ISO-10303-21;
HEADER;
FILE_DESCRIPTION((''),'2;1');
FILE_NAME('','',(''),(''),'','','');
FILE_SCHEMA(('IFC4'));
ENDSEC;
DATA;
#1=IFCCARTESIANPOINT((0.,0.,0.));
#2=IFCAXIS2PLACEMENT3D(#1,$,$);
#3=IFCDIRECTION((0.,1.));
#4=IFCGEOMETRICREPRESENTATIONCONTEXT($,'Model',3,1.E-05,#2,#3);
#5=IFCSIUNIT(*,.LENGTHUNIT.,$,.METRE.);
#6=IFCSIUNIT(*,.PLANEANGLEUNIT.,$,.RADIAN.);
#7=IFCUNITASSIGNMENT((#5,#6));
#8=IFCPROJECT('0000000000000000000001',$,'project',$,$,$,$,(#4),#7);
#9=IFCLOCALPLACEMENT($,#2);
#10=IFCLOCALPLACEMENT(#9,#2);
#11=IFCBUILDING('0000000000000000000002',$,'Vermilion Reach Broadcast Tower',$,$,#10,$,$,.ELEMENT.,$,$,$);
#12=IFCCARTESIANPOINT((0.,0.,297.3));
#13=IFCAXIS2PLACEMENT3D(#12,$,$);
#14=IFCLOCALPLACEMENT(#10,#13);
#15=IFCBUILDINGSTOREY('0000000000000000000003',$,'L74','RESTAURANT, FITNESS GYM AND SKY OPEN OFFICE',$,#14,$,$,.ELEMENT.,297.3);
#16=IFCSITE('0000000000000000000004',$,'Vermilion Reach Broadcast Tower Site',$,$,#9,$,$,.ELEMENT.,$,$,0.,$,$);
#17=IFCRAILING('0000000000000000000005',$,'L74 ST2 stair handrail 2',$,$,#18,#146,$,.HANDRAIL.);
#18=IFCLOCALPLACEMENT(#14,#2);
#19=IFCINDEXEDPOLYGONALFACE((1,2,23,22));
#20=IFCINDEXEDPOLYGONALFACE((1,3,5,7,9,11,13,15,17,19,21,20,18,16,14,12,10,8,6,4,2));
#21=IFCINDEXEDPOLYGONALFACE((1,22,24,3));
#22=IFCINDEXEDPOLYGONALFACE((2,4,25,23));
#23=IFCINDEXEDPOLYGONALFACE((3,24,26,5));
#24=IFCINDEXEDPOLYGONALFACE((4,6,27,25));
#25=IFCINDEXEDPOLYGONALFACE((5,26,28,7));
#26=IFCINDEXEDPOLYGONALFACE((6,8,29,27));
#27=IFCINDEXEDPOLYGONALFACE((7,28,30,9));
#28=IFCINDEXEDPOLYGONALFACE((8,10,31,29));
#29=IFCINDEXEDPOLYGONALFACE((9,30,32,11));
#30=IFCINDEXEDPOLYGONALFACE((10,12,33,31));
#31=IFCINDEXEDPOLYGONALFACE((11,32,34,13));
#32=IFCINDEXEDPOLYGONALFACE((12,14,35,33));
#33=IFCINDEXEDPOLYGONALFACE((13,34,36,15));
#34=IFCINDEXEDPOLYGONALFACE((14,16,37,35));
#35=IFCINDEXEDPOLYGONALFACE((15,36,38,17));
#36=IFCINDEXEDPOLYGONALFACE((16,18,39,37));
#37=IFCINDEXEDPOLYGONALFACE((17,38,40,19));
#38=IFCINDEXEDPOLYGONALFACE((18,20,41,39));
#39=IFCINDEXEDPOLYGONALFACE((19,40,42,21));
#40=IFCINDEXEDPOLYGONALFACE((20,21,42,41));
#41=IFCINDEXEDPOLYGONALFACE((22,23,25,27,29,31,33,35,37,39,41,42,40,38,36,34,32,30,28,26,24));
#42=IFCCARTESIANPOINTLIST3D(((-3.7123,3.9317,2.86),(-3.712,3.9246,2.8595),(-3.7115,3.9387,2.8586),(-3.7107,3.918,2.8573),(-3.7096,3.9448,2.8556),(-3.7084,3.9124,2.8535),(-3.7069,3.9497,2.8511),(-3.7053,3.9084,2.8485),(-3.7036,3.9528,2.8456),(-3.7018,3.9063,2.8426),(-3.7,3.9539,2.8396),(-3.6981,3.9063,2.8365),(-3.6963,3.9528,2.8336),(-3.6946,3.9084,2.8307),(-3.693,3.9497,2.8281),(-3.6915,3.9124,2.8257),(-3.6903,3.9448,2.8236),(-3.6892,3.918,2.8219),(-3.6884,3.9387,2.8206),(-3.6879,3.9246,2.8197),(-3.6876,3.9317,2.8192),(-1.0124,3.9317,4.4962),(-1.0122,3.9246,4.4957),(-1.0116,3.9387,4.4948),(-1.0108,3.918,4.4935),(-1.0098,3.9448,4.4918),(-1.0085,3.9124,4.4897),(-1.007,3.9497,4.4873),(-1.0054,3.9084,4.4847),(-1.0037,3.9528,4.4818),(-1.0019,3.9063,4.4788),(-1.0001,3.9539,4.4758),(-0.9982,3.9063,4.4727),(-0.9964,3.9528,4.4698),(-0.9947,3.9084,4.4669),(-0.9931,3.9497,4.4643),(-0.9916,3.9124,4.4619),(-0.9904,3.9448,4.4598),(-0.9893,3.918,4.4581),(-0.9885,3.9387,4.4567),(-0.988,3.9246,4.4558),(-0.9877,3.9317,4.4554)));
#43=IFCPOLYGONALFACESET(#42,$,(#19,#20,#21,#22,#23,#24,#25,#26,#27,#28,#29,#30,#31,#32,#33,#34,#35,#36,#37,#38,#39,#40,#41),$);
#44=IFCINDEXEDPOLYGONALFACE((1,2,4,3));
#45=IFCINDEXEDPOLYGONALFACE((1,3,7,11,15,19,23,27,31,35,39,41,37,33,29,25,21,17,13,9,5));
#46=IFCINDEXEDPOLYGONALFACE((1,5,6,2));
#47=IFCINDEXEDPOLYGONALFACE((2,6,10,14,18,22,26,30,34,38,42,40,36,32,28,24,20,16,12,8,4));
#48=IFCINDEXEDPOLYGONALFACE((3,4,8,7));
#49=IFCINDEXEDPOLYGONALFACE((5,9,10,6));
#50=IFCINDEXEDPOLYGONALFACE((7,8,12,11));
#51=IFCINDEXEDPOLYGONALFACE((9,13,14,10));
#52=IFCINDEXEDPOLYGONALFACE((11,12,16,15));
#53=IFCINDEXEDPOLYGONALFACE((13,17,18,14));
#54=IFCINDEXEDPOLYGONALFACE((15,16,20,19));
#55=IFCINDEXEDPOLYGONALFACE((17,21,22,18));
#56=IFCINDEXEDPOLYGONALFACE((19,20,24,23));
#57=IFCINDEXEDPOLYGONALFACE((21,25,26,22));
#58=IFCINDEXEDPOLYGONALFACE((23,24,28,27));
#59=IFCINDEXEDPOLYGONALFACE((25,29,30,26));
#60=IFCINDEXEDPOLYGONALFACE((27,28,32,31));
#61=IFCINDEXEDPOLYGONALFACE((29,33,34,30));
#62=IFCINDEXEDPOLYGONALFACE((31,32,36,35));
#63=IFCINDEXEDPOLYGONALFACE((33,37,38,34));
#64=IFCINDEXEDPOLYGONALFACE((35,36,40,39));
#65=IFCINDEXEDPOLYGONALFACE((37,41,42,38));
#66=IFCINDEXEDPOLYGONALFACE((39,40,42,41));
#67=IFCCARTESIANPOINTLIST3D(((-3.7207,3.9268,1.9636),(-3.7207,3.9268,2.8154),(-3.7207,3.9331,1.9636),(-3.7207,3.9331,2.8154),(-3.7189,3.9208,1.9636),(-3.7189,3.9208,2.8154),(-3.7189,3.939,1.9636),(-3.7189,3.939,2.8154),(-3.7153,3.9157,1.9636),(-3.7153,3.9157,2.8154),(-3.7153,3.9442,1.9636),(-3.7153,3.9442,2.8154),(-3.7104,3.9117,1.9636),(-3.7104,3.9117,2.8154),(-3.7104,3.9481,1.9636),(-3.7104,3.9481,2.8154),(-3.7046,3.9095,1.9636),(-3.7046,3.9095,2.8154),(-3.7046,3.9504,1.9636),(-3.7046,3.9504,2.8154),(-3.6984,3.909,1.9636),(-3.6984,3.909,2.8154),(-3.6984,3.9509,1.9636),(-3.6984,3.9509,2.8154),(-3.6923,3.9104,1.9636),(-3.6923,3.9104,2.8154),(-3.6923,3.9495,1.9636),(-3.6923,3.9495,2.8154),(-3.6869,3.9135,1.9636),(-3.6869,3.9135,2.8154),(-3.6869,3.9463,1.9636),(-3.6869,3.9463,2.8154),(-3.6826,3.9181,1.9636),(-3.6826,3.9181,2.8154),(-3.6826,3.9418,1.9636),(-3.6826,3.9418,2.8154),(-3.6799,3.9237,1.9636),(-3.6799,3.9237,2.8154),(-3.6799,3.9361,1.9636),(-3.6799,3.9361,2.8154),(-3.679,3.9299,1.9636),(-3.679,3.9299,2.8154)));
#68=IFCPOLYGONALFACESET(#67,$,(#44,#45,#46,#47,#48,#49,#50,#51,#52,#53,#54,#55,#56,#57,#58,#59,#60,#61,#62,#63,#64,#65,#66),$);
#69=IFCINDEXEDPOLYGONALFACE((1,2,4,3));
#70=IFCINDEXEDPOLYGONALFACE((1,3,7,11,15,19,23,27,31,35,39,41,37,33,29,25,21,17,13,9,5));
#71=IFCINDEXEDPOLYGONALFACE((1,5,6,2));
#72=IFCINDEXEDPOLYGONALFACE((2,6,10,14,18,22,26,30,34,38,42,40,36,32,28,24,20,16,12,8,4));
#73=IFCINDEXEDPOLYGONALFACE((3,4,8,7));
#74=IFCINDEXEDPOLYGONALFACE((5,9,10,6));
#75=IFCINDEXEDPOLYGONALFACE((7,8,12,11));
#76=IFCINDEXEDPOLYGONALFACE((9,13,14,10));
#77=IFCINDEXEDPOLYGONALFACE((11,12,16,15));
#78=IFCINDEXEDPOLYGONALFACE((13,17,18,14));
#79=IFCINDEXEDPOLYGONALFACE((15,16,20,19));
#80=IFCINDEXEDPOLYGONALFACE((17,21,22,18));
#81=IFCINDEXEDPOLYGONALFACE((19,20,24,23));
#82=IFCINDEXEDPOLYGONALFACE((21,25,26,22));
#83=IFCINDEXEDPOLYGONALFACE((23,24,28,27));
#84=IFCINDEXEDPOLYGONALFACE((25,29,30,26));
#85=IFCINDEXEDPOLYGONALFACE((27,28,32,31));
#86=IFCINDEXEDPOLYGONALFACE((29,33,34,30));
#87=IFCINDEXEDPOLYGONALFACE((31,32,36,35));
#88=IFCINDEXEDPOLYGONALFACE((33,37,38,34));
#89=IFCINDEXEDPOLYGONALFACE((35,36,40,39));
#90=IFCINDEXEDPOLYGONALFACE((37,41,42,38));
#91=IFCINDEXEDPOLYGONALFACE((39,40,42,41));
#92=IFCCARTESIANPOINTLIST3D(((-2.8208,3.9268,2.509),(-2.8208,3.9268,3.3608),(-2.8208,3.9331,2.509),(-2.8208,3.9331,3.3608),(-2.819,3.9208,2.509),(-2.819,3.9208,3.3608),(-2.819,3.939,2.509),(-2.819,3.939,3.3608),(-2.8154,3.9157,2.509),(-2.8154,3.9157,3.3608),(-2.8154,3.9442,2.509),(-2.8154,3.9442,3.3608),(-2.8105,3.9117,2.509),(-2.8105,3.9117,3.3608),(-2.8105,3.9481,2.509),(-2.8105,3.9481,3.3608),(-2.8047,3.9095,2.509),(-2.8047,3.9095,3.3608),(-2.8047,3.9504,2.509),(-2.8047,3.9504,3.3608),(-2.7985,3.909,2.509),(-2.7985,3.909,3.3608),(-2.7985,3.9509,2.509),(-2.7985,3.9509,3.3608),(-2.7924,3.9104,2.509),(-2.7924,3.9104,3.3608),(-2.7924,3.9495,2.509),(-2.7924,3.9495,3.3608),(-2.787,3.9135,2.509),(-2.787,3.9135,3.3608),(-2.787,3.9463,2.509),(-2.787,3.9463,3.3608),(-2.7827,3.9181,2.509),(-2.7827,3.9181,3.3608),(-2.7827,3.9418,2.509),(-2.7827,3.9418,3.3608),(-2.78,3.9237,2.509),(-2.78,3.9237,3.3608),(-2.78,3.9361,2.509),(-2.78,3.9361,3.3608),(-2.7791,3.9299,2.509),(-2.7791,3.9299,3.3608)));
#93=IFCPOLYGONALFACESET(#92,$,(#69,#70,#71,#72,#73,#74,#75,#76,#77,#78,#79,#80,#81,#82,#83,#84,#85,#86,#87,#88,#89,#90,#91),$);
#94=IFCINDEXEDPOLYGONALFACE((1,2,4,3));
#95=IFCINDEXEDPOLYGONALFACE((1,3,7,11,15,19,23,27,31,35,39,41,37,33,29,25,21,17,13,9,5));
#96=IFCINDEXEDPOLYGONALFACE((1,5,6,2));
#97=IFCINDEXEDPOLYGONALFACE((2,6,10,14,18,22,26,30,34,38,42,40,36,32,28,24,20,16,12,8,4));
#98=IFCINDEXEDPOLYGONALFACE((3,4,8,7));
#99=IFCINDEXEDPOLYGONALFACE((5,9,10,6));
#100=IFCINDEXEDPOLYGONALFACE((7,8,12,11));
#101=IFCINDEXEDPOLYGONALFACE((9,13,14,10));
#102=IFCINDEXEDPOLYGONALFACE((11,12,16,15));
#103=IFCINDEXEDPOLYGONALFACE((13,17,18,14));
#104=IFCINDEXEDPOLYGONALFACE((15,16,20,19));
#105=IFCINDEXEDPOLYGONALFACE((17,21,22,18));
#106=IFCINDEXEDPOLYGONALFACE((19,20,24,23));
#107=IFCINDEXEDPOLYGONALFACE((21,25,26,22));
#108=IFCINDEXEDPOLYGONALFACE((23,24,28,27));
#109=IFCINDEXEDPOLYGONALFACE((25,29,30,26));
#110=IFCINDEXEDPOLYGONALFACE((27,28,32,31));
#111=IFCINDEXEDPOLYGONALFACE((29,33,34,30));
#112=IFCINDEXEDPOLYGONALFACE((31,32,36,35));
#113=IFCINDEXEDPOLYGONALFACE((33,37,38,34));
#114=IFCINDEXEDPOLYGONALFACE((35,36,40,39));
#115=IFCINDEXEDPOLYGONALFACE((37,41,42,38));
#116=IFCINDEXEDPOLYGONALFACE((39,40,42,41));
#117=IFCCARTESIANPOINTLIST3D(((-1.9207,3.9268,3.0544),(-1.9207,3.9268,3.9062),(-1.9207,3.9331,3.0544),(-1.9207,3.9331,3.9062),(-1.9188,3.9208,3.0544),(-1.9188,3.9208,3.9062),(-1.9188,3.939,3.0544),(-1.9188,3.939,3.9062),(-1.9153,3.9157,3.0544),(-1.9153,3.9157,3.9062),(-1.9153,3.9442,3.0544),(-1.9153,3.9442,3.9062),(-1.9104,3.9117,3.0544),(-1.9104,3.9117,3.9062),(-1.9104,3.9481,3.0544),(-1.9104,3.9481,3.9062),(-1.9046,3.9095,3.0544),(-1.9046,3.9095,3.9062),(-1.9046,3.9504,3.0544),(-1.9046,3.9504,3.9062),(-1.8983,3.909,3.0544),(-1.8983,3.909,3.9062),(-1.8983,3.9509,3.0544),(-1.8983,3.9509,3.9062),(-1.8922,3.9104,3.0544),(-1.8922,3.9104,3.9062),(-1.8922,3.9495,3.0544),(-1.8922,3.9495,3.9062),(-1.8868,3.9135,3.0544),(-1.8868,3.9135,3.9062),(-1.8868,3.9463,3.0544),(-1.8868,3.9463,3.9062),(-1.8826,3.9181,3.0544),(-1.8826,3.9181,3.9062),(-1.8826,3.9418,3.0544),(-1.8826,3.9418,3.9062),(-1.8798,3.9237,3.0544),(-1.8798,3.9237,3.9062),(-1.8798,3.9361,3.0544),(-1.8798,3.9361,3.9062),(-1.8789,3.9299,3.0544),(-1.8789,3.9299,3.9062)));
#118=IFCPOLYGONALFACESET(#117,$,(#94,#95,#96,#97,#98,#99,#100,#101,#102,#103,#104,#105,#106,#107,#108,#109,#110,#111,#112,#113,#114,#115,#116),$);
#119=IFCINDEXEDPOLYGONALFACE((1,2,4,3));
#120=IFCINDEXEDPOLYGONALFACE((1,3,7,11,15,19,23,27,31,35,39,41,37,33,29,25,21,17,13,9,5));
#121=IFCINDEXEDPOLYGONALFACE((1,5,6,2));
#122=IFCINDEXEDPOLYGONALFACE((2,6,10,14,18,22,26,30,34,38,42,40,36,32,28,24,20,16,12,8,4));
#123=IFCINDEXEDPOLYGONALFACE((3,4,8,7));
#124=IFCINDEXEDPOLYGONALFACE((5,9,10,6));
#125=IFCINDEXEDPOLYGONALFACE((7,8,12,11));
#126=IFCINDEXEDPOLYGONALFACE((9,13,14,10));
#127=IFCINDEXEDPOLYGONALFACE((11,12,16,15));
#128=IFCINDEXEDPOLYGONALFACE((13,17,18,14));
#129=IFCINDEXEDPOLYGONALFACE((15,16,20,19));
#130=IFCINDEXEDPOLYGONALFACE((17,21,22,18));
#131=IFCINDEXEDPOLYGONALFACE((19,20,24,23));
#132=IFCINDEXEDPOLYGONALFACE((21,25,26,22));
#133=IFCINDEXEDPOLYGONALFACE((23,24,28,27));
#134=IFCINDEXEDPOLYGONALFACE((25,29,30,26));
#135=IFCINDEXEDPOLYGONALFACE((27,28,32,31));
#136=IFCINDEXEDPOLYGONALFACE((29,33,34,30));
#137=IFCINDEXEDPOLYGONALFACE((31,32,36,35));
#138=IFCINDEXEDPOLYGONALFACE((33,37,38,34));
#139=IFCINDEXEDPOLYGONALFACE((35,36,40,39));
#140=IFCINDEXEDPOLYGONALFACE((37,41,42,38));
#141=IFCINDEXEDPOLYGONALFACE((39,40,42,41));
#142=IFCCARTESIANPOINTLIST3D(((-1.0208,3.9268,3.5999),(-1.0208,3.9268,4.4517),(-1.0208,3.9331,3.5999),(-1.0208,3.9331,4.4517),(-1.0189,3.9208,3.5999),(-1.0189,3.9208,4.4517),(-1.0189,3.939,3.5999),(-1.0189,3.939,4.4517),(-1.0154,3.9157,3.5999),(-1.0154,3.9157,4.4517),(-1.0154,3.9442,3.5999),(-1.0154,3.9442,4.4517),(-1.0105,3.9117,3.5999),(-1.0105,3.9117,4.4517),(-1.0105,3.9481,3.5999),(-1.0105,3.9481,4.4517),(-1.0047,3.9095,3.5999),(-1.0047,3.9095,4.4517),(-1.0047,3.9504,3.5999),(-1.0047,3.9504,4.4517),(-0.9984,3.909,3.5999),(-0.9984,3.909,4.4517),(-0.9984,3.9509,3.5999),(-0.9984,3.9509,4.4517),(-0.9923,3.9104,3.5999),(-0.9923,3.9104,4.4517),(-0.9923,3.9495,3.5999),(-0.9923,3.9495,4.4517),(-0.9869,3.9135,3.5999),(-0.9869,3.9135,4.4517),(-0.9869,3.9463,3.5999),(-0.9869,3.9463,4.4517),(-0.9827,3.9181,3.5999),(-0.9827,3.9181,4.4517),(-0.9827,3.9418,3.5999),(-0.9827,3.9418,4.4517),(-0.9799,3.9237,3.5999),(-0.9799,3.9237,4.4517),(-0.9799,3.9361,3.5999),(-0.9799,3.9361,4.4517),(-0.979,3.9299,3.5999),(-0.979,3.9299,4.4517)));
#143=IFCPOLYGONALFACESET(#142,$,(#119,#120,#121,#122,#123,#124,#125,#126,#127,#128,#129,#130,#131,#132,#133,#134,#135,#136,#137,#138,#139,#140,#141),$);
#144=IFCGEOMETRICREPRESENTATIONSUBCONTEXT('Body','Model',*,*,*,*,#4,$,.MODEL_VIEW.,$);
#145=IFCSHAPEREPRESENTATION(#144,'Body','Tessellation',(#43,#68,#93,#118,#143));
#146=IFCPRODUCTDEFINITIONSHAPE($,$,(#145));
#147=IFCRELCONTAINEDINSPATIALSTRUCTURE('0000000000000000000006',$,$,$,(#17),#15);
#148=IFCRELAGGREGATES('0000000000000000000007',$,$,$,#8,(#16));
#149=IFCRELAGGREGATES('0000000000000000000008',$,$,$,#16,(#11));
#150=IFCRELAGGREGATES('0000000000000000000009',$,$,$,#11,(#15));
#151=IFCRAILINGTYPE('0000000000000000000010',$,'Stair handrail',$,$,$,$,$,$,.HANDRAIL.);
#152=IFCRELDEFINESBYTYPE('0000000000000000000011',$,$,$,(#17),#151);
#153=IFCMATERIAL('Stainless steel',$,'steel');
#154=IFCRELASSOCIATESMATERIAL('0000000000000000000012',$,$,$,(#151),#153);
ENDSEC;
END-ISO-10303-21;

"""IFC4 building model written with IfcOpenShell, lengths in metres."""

from ifc_helpers import new_model, si_unit, direction, frame, origin, origin_2d, place, context, subcontext, project, spatial, circle, extrude, material, type_object, element, save


model = new_model("IFC4")

# Units and contexts
model_context = context("Model", 3, precision=1e-05, world=origin(), true_north=direction((0.0, 1.0)))
body_context = subcontext(model_context, "Body", "Model", "MODEL_VIEW")
ifc_project = project(units=[si_unit("LENGTHUNIT", "METRE"), si_unit("PLANEANGLEUNIT", "RADIAN")], contexts=[model_context])

# Site, building, storey
site_placement = place(None, origin())
site = spatial("IfcSite", under=ifc_project, at=site_placement, Name="Vermilion Reach Broadcast Tower Site", CompositionType="ELEMENT", RefElevation=0.0)
building_placement = place(site_placement, origin())
building = spatial("IfcBuilding", under=site, at=building_placement, Name="Vermilion Reach Broadcast Tower", CompositionType="ELEMENT")
storey_placement = place(building_placement, frame((0.0, 0.0, 297.3)))
storey = spatial("IfcBuildingStorey", under=building, at=storey_placement, Name="L74", Description="RESTAURANT, FITNESS GYM AND SKY OPEN OFFICE", CompositionType="ELEMENT", Elevation=297.3)

# Railing
ifc_material_1 = material(Name="Stainless steel", Category="steel")
railing_type_1 = type_object("IfcRailingType", Name="Stair handrail", PredefinedType="HANDRAIL", material=ifc_material_1)
railing_1_placement = place(storey_placement, frame((-3.7, 3.9299, 1.9636)))
element("IfcRailing", 1, at=railing_1_placement, inside=storey, type_object=railing_type_1, Name="L74 ST2 stair handrail 2", PredefinedType="HANDRAIL", context=body_context, shape_type="SweptSolid", body=[
    extrude(circle(Radius=0.0239, at=origin_2d()), frame((0.0, 0.0, 0.876), z_axis=(0.855212, 0.0, 0.518278), x_axis=(0.0, 1.0, 0.0)), (0.0, 0.0, 1.0), 3.157),
    extrude(circle(Radius=0.021, at=origin_2d()), origin(), (0.0, 0.0, 1.0), 0.8518),
    extrude(circle(Radius=0.021, at=origin_2d()), frame((0.8999, 0.0, 0.5454)), (0.0, 0.0, 1.0), 0.8518),
    extrude(circle(Radius=0.021, at=origin_2d()), frame((1.8, 0.0, 1.0908)), (0.0, 0.0, 1.0), 0.8518),
    extrude(circle(Radius=0.021, at=origin_2d()), frame((2.7, 0.0, 1.6362)), (0.0, 0.0, 1.0), 0.8518),
])

save(model, "model.ifc")
